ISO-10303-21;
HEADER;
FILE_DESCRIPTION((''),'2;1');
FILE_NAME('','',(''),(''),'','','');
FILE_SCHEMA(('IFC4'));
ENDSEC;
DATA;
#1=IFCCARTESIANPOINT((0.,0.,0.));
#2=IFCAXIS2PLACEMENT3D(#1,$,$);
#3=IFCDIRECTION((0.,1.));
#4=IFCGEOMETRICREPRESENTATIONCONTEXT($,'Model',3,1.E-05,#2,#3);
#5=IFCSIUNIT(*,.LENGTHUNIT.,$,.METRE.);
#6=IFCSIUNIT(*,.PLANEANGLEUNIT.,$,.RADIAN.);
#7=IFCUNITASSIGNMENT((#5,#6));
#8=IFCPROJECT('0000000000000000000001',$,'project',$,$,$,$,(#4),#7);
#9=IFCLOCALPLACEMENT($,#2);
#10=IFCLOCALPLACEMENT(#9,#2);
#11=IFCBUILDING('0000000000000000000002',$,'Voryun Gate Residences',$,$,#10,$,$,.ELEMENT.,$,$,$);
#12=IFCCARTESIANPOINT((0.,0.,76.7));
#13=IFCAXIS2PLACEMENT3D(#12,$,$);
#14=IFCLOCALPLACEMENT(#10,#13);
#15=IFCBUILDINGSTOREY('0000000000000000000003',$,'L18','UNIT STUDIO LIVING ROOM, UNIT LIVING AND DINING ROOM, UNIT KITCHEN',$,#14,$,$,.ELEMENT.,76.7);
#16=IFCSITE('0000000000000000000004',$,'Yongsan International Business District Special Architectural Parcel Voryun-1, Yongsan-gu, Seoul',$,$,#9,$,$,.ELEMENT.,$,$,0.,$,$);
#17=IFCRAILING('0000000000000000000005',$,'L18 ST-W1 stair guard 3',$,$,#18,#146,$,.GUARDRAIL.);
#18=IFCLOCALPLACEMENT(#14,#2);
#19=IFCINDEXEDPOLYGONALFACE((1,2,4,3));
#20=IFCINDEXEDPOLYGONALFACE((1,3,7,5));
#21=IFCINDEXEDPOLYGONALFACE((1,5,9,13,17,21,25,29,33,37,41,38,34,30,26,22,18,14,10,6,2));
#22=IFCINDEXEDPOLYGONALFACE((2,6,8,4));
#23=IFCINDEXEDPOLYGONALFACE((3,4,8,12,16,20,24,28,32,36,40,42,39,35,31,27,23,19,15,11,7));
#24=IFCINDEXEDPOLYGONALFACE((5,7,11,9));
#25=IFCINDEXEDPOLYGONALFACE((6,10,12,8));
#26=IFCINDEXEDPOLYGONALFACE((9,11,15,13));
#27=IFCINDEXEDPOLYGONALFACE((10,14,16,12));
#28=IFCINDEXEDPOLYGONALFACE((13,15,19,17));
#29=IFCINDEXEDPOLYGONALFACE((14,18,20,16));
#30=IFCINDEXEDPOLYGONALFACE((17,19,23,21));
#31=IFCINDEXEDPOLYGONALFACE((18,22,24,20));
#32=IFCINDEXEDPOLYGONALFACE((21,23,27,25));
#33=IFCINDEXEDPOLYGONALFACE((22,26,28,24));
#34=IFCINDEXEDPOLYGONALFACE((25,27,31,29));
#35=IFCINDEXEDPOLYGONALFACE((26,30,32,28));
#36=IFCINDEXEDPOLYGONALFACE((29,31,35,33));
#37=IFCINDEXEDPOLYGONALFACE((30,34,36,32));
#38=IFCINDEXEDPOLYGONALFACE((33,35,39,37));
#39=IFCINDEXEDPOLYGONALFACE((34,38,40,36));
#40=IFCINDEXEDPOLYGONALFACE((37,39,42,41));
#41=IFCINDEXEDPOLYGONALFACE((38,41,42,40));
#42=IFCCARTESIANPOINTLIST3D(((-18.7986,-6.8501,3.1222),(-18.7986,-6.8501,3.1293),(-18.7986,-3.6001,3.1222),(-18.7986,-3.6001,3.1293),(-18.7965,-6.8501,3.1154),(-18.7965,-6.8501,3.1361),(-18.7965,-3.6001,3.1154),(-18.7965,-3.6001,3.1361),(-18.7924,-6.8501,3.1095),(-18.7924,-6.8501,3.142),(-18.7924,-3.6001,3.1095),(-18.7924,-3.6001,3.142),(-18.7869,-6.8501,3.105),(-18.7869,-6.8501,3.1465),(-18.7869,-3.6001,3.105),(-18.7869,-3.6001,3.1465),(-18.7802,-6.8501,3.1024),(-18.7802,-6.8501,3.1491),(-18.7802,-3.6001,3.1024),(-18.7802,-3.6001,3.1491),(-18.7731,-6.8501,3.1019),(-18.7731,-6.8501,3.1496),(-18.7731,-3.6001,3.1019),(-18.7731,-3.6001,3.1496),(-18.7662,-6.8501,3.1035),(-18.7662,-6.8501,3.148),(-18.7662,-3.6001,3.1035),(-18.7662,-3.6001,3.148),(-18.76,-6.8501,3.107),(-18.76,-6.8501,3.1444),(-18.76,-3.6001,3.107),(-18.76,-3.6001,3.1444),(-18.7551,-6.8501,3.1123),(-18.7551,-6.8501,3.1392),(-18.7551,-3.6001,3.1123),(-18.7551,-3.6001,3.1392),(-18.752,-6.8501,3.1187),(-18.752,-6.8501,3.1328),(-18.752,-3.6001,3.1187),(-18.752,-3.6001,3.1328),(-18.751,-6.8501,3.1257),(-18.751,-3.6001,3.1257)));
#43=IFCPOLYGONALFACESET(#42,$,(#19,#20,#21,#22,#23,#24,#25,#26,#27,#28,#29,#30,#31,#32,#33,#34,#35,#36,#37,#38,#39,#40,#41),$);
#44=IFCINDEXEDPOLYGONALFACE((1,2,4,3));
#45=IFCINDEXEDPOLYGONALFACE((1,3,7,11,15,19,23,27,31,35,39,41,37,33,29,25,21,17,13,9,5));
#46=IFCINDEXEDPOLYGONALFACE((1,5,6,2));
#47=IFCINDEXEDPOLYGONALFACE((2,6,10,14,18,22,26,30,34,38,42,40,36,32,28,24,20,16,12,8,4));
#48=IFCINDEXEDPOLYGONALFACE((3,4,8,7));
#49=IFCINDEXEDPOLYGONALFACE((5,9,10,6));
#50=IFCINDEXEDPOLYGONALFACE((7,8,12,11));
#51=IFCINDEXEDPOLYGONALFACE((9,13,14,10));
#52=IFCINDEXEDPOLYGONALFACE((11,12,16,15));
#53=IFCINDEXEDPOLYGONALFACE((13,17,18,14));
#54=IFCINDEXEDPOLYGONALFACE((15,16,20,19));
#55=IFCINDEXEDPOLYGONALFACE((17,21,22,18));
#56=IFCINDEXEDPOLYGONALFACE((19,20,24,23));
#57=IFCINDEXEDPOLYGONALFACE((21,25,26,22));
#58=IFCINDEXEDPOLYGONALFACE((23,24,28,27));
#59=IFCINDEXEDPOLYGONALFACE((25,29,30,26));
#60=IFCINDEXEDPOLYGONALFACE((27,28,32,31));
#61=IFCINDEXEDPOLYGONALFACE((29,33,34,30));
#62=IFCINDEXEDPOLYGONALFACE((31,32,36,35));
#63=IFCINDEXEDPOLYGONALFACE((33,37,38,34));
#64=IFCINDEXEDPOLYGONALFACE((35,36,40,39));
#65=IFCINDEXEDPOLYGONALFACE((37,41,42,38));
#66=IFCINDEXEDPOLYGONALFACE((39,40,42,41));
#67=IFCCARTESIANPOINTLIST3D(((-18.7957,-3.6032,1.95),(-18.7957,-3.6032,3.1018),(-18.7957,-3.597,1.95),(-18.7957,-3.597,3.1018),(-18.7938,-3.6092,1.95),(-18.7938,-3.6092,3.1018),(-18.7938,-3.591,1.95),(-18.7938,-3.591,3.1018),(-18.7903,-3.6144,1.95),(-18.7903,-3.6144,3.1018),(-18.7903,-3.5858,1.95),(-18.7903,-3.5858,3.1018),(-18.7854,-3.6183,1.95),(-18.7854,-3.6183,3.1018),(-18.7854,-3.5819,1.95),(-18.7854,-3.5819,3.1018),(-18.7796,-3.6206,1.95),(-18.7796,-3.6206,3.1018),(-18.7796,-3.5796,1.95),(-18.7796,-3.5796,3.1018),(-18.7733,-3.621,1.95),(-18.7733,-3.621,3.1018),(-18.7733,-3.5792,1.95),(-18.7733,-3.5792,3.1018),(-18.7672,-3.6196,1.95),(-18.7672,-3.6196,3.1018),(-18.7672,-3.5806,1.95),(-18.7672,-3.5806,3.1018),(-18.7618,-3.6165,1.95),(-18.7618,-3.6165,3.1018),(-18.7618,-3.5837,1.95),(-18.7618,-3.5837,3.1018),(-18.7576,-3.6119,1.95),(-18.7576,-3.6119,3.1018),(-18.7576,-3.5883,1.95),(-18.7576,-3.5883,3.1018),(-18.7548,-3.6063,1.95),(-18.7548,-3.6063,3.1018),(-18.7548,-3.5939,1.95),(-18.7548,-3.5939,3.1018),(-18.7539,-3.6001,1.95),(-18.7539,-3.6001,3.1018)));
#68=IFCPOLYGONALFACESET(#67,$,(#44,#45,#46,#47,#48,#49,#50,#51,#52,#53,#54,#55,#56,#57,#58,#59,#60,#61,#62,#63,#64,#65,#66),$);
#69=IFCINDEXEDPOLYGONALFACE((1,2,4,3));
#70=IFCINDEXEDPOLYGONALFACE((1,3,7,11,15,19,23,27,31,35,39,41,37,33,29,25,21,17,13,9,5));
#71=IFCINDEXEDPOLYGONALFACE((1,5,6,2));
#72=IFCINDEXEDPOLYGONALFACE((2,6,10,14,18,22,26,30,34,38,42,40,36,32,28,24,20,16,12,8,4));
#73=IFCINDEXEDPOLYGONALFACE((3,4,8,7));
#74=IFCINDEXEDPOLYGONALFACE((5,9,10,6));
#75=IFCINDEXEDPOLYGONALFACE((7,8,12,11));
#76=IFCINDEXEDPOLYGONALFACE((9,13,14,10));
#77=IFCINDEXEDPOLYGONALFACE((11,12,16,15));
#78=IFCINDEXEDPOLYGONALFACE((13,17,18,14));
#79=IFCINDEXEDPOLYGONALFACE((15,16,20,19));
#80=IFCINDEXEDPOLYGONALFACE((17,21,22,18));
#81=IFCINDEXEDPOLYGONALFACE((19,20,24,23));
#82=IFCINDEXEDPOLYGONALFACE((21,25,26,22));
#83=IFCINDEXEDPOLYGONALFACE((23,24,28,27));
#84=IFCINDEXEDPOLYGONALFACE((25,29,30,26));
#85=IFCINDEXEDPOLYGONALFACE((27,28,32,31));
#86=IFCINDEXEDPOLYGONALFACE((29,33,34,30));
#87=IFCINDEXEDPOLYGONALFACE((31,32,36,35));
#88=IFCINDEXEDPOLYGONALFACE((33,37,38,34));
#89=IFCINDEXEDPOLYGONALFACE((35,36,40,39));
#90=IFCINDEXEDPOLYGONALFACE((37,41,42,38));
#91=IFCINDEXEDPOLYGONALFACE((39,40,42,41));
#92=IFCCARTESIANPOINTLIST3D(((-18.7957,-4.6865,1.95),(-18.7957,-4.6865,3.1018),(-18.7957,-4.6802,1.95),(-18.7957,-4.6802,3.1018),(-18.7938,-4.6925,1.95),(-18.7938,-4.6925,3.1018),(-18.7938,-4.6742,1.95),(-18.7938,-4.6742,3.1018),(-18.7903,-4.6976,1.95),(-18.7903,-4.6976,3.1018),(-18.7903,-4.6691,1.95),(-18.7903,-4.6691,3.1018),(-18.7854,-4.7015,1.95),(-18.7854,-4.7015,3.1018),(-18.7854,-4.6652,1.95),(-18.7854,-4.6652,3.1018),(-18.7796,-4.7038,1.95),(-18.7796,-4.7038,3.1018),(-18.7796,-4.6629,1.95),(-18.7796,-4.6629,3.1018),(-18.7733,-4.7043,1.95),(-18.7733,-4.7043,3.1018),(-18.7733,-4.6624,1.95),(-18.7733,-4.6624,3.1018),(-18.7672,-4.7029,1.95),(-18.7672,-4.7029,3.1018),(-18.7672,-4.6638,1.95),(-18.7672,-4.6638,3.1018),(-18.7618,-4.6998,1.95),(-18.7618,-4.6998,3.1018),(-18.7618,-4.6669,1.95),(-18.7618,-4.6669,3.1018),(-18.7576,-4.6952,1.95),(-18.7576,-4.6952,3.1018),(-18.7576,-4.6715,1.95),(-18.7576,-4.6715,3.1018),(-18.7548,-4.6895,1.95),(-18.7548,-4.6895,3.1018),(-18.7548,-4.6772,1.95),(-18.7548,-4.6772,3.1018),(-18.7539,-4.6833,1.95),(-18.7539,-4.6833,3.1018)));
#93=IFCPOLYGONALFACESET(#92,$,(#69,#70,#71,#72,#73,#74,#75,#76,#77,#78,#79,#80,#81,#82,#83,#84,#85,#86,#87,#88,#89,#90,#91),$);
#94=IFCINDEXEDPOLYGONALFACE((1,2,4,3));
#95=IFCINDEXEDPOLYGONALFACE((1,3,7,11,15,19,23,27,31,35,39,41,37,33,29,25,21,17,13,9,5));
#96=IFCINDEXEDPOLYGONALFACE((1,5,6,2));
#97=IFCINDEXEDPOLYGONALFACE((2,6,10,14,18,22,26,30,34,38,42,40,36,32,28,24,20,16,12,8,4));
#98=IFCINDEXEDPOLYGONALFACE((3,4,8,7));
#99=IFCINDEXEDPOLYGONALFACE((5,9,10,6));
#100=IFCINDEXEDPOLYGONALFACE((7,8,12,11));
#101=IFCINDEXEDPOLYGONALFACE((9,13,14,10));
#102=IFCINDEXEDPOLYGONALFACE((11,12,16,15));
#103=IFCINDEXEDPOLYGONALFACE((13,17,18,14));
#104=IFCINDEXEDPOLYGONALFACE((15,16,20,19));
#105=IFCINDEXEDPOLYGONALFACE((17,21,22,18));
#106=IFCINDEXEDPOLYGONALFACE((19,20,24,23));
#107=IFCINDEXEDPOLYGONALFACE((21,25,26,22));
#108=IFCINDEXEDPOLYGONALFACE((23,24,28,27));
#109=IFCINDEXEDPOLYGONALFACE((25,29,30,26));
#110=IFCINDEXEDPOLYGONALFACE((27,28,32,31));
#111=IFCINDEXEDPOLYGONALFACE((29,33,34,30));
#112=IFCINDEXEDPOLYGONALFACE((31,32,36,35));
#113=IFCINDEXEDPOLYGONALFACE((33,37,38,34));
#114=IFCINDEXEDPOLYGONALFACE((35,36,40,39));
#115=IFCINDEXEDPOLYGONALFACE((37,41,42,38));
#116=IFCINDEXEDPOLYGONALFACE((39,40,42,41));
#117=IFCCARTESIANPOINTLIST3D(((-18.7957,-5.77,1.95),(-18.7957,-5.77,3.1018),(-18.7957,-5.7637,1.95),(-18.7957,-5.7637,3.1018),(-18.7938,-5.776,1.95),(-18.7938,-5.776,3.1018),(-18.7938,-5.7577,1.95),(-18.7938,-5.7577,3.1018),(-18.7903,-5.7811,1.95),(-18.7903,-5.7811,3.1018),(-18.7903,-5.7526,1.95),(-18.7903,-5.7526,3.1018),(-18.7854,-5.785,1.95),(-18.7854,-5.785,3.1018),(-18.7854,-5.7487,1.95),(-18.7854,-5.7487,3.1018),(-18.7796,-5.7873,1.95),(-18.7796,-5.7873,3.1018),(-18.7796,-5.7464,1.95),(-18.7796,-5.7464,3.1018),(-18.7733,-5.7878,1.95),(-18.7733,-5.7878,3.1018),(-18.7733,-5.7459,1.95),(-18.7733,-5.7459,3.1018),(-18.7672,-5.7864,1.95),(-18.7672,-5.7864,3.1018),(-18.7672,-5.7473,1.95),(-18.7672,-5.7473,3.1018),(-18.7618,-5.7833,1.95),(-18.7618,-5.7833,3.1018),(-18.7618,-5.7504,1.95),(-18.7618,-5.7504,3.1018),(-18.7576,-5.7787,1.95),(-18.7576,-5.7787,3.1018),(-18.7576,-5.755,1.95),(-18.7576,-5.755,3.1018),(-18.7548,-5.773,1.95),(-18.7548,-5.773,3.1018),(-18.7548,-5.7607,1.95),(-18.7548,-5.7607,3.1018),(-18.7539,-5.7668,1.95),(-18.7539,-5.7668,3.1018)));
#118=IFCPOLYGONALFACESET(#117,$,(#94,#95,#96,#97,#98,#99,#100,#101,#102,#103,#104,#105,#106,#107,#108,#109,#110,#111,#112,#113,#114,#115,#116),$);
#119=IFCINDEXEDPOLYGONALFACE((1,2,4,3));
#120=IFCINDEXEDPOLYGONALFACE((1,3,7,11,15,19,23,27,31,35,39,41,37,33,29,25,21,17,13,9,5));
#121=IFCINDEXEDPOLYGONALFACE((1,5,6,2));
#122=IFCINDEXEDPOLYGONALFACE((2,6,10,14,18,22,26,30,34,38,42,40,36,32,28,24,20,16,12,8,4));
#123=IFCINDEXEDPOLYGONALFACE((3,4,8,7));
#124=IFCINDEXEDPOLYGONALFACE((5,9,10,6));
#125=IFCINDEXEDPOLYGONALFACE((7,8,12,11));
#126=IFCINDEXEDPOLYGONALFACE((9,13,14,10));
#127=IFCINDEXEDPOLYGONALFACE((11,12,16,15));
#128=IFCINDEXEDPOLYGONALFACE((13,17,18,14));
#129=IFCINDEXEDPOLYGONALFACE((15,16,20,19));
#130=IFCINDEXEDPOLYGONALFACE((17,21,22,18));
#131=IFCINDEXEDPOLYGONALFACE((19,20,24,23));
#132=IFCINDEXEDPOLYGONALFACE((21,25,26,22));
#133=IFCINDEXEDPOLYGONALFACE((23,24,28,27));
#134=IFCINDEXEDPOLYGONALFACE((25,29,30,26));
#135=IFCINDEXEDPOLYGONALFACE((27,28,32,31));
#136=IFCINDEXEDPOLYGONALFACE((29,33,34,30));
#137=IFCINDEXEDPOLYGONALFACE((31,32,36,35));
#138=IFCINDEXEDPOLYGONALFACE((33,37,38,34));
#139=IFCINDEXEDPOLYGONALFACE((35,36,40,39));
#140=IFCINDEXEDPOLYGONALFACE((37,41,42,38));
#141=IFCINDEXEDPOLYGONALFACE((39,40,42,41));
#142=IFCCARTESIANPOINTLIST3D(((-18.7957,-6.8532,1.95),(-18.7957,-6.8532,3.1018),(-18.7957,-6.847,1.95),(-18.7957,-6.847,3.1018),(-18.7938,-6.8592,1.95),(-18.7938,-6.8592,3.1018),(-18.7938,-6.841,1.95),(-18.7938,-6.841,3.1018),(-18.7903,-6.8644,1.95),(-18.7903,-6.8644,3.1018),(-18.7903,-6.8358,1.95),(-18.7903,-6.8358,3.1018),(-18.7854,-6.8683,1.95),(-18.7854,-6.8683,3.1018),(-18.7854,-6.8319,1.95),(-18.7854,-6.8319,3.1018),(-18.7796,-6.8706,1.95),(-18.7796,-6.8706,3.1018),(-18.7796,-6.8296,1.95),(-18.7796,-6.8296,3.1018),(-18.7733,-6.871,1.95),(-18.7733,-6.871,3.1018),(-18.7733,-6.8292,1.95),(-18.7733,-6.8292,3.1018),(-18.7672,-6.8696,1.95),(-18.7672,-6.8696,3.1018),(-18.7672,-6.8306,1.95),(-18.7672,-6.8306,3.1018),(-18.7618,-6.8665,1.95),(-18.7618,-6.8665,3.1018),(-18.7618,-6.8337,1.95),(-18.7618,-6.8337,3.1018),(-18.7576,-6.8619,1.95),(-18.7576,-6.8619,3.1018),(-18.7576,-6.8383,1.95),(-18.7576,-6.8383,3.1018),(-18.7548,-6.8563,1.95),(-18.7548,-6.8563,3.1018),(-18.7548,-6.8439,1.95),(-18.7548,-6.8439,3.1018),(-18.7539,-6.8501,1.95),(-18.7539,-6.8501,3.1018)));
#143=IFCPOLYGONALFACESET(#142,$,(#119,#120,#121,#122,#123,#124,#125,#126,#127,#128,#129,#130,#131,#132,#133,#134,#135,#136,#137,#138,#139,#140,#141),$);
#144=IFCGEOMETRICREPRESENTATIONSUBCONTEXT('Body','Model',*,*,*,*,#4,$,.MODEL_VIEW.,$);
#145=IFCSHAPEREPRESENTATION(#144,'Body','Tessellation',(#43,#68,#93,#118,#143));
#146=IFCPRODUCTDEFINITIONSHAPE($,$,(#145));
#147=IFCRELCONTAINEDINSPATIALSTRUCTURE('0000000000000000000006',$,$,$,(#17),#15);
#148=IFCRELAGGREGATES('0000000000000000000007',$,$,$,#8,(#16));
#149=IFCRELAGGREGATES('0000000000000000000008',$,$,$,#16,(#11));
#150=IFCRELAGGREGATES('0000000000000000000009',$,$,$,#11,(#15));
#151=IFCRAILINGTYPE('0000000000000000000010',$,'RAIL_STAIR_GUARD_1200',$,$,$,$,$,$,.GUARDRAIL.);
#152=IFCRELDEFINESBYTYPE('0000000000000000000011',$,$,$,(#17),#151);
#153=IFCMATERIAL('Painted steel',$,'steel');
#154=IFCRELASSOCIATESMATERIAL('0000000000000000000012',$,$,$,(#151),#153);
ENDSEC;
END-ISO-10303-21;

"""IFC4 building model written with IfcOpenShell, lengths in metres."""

from ifc_helpers import new_model, si_unit, direction, frame, origin, origin_2d, place, context, subcontext, project, spatial, circle, extrude, material, type_object, element, save


model = new_model("IFC4")

# Units and contexts
model_context = context("Model", 3, precision=1e-05, world=origin(), true_north=direction((0.0, 1.0)))
body_context = subcontext(model_context, "Body", "Model", "MODEL_VIEW")
ifc_project = project(units=[si_unit("LENGTHUNIT", "METRE"), si_unit("PLANEANGLEUNIT", "RADIAN")], contexts=[model_context])

# Site, building, storey
site_placement = place(None, origin())
site = spatial("IfcSite", under=ifc_project, at=site_placement, Name="Yongsan International Business District Special Architectural Parcel Voryun-1, Yongsan-gu, Seoul", CompositionType="ELEMENT", RefElevation=0.0)
building_placement = place(site_placement, origin())
building = spatial("IfcBuilding", under=site, at=building_placement, Name="Voryun Gate Residences", CompositionType="ELEMENT")
storey_placement = place(building_placement, frame((0.0, 0.0, 76.7)))
storey = spatial("IfcBuildingStorey", under=building, at=storey_placement, Name="L18", Description="UNIT STUDIO LIVING ROOM, UNIT LIVING AND DINING ROOM, UNIT KITCHEN", CompositionType="ELEMENT", Elevation=76.7)

# Railing
ifc_material_1 = material(Name="Painted steel", Category="steel")
railing_type_1 = type_object("IfcRailingType", Name="RAIL_STAIR_GUARD_1200", PredefinedType="GUARDRAIL", material=ifc_material_1)
for number, where, name in (
    (1, (-18.7749, -3.6001, 1.95), "L18 ST-W1 stair guard 3"),
):
    element("IfcRailing", number, at=place(storey_placement, frame(where)), inside=storey, type_object=railing_type_1, Name=name, PredefinedType="GUARDRAIL", context=body_context, shape_type="SweptSolid", body=[
        extrude(circle(Radius=0.0239, at=origin_2d()), frame((0.0, 0.0, 1.1758), z_axis=(0.0, -1.0, 0.0), x_axis=(1.0, 0.0, 0.0)), (0.0, 0.0, 1.0), 3.25),
        extrude(circle(Radius=0.021, at=origin_2d()), origin(), (0.0, 0.0, 1.0), 1.1519),
        extrude(circle(Radius=0.021, at=origin_2d()), frame((0.0, -1.0833, 0.0)), (0.0, 0.0, 1.0), 1.1519),
        extrude(circle(Radius=0.021, at=origin_2d()), frame((0.0, -2.1667, 0.0)), (0.0, 0.0, 1.0), 1.1519),
        extrude(circle(Radius=0.021, at=origin_2d()), frame((0.0, -3.25, 0.0)), (0.0, 0.0, 1.0), 1.1519),
    ])

save(model, "model.ifc")
